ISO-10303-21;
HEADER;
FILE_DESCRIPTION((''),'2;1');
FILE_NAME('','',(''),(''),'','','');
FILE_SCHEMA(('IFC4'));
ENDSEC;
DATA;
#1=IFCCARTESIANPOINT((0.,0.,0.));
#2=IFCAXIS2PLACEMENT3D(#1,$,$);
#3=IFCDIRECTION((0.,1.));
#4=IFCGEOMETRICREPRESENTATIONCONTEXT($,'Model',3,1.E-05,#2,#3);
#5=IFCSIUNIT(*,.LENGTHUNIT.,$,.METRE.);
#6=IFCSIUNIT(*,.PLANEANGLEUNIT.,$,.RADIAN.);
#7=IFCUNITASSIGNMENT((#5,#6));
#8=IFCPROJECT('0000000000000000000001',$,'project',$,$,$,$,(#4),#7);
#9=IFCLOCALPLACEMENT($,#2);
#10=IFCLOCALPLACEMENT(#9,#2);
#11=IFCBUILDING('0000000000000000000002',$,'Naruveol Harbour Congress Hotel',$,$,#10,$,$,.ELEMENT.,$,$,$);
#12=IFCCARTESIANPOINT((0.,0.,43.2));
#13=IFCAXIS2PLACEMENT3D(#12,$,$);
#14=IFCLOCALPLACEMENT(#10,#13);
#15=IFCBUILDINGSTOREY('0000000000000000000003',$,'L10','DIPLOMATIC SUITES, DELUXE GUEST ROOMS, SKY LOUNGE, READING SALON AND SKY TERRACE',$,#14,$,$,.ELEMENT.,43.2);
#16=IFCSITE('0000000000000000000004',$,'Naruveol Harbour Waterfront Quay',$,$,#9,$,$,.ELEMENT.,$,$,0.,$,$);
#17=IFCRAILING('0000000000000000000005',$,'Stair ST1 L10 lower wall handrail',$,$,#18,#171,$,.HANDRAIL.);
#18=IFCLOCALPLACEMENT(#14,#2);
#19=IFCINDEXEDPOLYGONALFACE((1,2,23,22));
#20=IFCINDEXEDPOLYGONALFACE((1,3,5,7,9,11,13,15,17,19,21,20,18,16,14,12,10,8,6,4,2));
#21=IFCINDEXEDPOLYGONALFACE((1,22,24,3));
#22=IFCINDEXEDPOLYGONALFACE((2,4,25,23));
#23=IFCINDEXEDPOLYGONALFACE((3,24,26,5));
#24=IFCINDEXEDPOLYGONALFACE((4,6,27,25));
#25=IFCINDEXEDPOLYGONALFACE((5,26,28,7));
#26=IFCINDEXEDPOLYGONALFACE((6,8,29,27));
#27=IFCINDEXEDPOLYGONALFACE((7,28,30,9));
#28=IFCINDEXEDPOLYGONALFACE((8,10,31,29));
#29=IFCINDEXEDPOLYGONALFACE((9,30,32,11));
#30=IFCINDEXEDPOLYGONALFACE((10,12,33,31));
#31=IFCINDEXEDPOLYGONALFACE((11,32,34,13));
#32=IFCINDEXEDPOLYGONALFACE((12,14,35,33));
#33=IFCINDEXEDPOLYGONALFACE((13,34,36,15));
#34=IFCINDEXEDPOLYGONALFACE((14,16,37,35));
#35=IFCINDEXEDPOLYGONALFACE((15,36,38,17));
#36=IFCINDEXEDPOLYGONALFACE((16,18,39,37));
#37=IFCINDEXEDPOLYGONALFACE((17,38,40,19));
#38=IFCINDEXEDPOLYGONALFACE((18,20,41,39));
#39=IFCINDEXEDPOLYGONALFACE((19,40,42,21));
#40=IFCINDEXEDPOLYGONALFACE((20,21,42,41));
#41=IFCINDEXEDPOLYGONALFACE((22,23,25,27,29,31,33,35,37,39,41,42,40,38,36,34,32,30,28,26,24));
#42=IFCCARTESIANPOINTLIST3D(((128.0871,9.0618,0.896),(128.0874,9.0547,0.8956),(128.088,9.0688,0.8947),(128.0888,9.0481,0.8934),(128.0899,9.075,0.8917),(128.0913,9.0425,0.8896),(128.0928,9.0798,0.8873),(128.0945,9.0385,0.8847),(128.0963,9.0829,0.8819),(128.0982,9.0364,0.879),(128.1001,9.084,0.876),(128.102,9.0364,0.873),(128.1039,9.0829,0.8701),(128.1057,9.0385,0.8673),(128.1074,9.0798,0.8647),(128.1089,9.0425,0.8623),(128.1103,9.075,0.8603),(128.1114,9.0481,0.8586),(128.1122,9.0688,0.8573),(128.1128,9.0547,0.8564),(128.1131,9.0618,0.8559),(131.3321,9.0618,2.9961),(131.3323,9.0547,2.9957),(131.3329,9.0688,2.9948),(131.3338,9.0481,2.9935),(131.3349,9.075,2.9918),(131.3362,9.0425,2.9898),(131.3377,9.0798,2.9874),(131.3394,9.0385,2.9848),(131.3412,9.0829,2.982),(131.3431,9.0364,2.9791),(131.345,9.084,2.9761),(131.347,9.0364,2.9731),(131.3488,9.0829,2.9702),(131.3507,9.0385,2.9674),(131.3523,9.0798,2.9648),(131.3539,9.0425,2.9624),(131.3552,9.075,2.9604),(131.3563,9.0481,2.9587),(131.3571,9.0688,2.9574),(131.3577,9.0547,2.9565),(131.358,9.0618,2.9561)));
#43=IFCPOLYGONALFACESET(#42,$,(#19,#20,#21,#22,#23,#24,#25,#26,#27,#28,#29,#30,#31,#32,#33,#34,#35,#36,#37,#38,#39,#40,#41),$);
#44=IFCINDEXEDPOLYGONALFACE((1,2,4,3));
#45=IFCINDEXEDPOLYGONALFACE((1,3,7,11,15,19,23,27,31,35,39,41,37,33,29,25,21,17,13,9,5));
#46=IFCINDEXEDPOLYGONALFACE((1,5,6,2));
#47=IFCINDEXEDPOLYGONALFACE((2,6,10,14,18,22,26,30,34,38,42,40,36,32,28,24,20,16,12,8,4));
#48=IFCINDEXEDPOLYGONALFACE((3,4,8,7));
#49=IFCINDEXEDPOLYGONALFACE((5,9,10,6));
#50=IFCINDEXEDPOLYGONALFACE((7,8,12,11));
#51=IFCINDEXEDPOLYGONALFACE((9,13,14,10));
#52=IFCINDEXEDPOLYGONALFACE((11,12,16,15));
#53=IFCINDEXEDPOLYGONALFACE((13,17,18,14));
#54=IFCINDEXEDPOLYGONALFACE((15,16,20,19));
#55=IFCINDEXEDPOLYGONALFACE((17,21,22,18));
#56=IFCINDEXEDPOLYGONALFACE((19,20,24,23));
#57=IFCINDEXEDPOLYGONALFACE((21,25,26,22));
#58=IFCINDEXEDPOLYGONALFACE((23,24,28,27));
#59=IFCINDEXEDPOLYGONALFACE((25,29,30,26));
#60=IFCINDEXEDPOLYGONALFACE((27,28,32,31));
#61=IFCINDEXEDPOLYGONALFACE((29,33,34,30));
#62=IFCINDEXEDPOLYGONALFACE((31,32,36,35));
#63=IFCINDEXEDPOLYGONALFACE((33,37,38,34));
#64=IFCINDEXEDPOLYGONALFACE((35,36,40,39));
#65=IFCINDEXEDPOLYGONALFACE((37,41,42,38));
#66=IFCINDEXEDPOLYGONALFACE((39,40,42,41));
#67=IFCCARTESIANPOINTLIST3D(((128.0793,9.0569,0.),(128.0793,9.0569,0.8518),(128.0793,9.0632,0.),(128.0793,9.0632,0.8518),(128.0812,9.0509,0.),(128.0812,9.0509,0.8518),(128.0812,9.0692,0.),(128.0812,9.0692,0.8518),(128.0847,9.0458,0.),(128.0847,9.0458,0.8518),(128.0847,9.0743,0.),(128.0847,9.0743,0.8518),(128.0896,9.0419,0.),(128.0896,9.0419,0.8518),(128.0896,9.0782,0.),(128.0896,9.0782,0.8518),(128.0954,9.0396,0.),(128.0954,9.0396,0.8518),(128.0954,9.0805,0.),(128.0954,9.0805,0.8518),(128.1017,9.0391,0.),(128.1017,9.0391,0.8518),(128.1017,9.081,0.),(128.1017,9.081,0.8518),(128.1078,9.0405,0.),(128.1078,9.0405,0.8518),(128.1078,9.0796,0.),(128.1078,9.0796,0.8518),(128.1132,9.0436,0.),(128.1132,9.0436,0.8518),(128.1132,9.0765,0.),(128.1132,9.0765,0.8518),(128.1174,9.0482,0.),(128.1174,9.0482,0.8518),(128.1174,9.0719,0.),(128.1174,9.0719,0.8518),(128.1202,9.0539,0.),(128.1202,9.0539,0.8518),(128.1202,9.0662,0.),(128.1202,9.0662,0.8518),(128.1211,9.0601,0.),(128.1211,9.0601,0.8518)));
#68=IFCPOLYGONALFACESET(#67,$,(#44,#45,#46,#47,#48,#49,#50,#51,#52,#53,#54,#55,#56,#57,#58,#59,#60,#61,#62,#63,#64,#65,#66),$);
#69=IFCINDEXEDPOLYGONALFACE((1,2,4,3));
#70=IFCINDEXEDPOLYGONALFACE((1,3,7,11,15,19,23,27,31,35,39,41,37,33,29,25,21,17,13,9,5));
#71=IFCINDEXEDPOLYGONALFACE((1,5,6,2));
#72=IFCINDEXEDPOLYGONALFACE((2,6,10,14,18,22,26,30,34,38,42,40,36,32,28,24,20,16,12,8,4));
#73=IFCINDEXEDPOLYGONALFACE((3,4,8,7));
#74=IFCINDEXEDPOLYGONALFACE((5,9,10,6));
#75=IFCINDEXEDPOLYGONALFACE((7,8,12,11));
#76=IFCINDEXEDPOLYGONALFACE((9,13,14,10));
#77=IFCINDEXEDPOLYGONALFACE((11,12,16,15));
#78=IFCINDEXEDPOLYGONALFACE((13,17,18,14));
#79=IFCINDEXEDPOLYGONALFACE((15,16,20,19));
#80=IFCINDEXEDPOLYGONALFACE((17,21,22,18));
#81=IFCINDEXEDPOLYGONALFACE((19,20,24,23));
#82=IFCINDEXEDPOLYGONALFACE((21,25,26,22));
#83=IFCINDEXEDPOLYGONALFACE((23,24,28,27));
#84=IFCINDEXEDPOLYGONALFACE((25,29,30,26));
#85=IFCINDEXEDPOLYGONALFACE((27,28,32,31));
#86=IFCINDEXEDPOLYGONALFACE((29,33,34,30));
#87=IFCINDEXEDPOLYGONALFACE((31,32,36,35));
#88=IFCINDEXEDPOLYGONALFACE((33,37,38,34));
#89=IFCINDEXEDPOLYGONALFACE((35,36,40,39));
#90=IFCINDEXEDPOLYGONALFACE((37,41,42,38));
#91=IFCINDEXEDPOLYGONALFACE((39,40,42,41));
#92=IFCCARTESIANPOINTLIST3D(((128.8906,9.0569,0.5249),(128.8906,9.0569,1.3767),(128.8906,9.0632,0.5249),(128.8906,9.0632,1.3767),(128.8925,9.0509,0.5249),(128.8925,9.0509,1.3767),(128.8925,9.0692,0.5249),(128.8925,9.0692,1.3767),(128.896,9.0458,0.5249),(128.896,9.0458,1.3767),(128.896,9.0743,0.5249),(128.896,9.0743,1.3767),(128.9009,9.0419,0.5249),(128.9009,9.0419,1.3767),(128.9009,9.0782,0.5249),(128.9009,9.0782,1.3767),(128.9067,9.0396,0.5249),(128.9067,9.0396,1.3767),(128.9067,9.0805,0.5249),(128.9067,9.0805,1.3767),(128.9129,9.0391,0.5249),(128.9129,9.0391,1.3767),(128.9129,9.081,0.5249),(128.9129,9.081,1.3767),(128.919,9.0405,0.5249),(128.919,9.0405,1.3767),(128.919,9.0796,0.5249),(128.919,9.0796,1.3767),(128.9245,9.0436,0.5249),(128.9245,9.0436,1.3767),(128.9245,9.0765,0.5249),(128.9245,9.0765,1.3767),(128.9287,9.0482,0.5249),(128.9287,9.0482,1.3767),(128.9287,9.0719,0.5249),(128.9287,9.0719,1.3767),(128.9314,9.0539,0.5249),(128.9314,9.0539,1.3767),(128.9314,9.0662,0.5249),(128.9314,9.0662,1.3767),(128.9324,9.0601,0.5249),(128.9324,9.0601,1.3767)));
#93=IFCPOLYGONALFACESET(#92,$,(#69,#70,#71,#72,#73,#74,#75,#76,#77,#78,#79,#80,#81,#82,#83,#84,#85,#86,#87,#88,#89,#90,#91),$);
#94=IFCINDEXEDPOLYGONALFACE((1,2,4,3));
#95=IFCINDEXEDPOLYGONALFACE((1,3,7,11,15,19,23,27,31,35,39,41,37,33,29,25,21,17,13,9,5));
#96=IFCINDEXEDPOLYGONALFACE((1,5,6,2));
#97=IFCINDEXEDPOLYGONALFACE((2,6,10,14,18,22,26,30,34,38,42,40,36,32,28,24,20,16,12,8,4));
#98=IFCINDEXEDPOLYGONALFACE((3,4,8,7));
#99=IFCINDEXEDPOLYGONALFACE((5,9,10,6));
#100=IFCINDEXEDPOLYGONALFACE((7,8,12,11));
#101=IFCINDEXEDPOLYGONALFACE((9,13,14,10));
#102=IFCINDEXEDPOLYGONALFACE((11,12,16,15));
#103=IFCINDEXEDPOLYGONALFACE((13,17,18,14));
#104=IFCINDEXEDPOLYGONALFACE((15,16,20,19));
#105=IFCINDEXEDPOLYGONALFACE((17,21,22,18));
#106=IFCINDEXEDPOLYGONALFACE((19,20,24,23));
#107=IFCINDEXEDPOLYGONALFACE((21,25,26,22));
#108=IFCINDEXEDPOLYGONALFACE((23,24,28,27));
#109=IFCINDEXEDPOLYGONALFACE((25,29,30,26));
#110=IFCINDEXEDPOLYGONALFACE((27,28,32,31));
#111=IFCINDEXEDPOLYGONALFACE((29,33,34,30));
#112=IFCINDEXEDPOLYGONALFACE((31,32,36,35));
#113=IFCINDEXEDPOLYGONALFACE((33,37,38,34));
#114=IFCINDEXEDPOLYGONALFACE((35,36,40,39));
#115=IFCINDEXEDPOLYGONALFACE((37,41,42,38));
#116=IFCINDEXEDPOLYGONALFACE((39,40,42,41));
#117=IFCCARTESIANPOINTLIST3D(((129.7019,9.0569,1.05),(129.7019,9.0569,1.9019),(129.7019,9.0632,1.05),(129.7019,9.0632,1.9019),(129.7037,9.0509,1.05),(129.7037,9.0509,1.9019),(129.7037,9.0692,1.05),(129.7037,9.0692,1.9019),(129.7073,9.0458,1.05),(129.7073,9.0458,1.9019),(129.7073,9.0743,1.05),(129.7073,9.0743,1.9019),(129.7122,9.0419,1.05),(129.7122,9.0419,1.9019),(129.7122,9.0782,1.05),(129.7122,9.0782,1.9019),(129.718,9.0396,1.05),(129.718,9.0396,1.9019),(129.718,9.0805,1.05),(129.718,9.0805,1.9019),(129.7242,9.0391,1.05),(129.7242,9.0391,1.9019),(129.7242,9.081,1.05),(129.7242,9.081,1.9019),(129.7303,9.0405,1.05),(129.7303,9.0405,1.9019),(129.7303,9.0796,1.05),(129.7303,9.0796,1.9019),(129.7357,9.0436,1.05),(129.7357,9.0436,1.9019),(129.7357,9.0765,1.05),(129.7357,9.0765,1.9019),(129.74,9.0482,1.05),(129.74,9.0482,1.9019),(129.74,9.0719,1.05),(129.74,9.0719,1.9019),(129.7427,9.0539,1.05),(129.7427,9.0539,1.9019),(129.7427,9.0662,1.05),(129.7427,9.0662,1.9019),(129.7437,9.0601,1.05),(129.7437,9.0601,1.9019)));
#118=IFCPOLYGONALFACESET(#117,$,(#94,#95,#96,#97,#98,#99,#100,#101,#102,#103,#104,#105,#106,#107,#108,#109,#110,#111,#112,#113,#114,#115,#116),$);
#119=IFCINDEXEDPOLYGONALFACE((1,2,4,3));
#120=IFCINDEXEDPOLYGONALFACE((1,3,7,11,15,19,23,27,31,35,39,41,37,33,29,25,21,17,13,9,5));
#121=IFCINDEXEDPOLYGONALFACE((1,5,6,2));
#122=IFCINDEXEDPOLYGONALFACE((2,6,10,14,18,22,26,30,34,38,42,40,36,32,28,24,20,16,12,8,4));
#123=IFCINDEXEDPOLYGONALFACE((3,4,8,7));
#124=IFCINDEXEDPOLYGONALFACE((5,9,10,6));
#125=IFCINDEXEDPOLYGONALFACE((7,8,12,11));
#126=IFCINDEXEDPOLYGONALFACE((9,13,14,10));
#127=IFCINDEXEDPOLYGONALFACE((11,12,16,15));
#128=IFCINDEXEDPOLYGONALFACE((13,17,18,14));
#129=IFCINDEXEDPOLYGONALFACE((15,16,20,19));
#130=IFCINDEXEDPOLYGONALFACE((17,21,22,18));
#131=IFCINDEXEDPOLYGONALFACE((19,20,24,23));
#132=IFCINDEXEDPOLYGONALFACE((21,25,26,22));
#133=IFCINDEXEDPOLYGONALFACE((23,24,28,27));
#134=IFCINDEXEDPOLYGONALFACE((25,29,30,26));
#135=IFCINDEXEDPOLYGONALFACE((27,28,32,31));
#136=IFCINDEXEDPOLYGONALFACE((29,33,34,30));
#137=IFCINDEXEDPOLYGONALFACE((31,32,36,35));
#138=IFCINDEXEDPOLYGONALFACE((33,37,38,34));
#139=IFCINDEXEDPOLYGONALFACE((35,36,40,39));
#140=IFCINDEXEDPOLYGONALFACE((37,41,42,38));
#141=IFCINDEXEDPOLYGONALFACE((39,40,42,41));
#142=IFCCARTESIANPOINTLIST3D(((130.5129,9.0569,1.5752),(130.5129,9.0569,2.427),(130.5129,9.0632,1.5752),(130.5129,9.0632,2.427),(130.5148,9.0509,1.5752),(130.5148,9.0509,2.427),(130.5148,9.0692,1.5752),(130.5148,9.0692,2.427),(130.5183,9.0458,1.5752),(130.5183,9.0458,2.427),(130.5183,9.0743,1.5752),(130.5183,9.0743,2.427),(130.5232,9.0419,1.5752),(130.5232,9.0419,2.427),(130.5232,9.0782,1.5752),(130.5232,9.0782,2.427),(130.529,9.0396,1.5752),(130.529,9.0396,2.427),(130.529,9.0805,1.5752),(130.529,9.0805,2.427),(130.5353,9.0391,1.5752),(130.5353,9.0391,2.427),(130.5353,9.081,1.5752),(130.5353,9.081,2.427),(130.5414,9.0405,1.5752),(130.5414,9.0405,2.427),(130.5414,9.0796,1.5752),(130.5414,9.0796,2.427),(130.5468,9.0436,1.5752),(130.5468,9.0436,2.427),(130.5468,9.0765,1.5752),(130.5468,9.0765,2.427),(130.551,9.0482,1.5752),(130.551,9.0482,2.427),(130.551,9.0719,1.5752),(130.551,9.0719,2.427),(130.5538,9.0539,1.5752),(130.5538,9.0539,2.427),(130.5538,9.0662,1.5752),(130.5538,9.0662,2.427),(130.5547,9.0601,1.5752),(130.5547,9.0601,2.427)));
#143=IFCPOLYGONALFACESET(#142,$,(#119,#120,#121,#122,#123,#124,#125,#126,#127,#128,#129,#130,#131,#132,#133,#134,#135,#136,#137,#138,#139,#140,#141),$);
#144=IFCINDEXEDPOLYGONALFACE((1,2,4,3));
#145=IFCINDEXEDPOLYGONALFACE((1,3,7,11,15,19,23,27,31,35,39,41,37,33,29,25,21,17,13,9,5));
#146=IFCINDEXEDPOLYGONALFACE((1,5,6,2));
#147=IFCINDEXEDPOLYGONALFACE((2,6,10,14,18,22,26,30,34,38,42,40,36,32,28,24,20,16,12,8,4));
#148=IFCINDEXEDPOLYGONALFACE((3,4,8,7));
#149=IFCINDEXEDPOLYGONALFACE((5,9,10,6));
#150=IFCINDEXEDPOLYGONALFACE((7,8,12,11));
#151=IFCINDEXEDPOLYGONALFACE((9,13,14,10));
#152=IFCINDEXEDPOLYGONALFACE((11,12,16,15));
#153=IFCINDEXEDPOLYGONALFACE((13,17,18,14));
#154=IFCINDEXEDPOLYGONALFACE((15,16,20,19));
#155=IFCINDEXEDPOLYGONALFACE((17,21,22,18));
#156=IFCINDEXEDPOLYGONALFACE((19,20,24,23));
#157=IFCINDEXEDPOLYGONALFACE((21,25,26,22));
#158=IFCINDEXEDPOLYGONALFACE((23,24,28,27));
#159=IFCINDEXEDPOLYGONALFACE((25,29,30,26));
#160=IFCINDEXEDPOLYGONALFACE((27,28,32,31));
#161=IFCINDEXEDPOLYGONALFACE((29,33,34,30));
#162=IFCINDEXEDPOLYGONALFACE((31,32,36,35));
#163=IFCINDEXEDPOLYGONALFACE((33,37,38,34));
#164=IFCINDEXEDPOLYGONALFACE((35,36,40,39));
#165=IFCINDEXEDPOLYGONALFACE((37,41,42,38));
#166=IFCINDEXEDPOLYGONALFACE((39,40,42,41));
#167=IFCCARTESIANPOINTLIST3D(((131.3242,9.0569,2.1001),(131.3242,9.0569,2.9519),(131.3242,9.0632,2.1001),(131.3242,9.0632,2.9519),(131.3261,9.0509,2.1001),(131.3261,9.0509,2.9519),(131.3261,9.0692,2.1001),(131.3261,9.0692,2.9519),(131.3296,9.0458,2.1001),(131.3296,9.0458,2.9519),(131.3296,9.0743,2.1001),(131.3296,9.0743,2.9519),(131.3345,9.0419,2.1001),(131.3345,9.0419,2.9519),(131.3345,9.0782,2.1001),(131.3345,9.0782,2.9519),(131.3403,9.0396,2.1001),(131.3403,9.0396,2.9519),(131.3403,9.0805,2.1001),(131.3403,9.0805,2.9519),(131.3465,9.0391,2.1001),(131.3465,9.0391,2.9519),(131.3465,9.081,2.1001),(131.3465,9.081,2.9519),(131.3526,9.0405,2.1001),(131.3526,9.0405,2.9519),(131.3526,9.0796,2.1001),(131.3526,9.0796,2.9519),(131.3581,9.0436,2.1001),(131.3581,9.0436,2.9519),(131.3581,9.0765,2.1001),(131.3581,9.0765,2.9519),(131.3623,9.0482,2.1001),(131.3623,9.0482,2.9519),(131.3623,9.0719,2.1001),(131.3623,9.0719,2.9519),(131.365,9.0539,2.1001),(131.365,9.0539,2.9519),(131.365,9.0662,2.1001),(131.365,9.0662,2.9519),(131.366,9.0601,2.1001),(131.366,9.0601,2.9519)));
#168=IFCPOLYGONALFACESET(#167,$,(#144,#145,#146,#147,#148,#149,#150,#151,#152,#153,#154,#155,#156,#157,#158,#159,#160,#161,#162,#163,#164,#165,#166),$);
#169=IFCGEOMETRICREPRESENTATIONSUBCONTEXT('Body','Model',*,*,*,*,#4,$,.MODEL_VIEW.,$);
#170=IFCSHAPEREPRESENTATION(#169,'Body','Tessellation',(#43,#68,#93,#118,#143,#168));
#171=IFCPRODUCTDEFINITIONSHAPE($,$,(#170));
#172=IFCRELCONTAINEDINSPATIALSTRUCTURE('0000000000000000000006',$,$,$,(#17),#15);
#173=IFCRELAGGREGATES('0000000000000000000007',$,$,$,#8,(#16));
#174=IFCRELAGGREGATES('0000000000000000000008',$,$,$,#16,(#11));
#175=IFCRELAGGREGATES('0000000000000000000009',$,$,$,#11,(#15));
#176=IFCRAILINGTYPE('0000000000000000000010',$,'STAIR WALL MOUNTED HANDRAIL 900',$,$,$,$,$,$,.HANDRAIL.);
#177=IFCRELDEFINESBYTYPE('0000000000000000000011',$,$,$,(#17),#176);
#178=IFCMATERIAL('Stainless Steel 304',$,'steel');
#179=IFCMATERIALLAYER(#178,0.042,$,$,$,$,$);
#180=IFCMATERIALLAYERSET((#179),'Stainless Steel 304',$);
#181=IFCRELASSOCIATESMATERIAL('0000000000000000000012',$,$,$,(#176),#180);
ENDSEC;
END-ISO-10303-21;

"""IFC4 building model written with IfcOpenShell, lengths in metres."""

from ifc_helpers import new_model, si_unit, direction, frame, origin, origin_2d, place, context, subcontext, project, spatial, circle, extrude, material, layer, layer_set, type_object, element, save


model = new_model("IFC4")

# Units and contexts
model_context = context("Model", 3, precision=1e-05, world=origin(), true_north=direction((0.0, 1.0)))
body_context = subcontext(model_context, "Body", "Model", "MODEL_VIEW")
ifc_project = project(units=[si_unit("LENGTHUNIT", "METRE"), si_unit("PLANEANGLEUNIT", "RADIAN")], contexts=[model_context])

# Site, building, storey
site_placement = place(None, origin())
site = spatial("IfcSite", under=ifc_project, at=site_placement, Name="Naruveol Harbour Waterfront Quay", CompositionType="ELEMENT", RefElevation=0.0)
building_placement = place(site_placement, origin())
building = spatial("IfcBuilding", under=site, at=building_placement, Name="Naruveol Harbour Congress Hotel", CompositionType="ELEMENT")
storey_placement = place(building_placement, frame((0.0, 0.0, 43.2)))
storey = spatial("IfcBuildingStorey", under=building, at=storey_placement, Name="L10", Description="DIPLOMATIC SUITES, DELUXE GUEST ROOMS, SKY LOUNGE, READING SALON AND SKY TERRACE", CompositionType="ELEMENT", Elevation=43.2)

# Railing
ifc_material_1 = material(Name="Stainless Steel 304", Category="steel")
ifc_layer_1 = layer(ifc_material_1, 0.042)
ifc_layer_set_1 = layer_set([ifc_layer_1], Name="Stainless Steel 304")
railing_type_1 = type_object("IfcRailingType", Name="STAIR WALL MOUNTED HANDRAIL 900", PredefinedType="HANDRAIL", material=ifc_layer_set_1)
railing_1_placement = place(storey_placement, frame((128.1001, 9.0601, 0.0)))
element("IfcRailing", 1, at=railing_1_placement, inside=storey, type_object=railing_type_1, Name="Stair ST1 L10 lower wall handrail", PredefinedType="HANDRAIL", context=body_context, shape_type="SweptSolid", body=[
    extrude(circle(Radius=0.0239, at=origin_2d()), frame((0.0, 0.0, 0.876), z_axis=(0.839514, 0.0, 0.543338), x_axis=(0.0, 1.0, 0.0)), (0.0, 0.0, 1.0), 3.8652),
    extrude(circle(Radius=0.021, at=origin_2d()), origin(), (0.0, 0.0, 1.0), 0.8518),
    extrude(circle(Radius=0.021, at=origin_2d()), frame((0.8113, 0.0, 0.5249)), (0.0, 0.0, 1.0), 0.8518),
    extrude(circle(Radius=0.021, at=origin_2d()), frame((1.6226, 0.0, 1.05)), (0.0, 0.0, 1.0), 0.8518),
    extrude(circle(Radius=0.021, at=origin_2d()), frame((2.4336, 0.0, 1.5752)), (0.0, 0.0, 1.0), 0.8518),
    extrude(circle(Radius=0.021, at=origin_2d()), frame((3.2449, 0.0, 2.1001)), (0.0, 0.0, 1.0), 0.8518),
])

save(model, "model.ifc")
